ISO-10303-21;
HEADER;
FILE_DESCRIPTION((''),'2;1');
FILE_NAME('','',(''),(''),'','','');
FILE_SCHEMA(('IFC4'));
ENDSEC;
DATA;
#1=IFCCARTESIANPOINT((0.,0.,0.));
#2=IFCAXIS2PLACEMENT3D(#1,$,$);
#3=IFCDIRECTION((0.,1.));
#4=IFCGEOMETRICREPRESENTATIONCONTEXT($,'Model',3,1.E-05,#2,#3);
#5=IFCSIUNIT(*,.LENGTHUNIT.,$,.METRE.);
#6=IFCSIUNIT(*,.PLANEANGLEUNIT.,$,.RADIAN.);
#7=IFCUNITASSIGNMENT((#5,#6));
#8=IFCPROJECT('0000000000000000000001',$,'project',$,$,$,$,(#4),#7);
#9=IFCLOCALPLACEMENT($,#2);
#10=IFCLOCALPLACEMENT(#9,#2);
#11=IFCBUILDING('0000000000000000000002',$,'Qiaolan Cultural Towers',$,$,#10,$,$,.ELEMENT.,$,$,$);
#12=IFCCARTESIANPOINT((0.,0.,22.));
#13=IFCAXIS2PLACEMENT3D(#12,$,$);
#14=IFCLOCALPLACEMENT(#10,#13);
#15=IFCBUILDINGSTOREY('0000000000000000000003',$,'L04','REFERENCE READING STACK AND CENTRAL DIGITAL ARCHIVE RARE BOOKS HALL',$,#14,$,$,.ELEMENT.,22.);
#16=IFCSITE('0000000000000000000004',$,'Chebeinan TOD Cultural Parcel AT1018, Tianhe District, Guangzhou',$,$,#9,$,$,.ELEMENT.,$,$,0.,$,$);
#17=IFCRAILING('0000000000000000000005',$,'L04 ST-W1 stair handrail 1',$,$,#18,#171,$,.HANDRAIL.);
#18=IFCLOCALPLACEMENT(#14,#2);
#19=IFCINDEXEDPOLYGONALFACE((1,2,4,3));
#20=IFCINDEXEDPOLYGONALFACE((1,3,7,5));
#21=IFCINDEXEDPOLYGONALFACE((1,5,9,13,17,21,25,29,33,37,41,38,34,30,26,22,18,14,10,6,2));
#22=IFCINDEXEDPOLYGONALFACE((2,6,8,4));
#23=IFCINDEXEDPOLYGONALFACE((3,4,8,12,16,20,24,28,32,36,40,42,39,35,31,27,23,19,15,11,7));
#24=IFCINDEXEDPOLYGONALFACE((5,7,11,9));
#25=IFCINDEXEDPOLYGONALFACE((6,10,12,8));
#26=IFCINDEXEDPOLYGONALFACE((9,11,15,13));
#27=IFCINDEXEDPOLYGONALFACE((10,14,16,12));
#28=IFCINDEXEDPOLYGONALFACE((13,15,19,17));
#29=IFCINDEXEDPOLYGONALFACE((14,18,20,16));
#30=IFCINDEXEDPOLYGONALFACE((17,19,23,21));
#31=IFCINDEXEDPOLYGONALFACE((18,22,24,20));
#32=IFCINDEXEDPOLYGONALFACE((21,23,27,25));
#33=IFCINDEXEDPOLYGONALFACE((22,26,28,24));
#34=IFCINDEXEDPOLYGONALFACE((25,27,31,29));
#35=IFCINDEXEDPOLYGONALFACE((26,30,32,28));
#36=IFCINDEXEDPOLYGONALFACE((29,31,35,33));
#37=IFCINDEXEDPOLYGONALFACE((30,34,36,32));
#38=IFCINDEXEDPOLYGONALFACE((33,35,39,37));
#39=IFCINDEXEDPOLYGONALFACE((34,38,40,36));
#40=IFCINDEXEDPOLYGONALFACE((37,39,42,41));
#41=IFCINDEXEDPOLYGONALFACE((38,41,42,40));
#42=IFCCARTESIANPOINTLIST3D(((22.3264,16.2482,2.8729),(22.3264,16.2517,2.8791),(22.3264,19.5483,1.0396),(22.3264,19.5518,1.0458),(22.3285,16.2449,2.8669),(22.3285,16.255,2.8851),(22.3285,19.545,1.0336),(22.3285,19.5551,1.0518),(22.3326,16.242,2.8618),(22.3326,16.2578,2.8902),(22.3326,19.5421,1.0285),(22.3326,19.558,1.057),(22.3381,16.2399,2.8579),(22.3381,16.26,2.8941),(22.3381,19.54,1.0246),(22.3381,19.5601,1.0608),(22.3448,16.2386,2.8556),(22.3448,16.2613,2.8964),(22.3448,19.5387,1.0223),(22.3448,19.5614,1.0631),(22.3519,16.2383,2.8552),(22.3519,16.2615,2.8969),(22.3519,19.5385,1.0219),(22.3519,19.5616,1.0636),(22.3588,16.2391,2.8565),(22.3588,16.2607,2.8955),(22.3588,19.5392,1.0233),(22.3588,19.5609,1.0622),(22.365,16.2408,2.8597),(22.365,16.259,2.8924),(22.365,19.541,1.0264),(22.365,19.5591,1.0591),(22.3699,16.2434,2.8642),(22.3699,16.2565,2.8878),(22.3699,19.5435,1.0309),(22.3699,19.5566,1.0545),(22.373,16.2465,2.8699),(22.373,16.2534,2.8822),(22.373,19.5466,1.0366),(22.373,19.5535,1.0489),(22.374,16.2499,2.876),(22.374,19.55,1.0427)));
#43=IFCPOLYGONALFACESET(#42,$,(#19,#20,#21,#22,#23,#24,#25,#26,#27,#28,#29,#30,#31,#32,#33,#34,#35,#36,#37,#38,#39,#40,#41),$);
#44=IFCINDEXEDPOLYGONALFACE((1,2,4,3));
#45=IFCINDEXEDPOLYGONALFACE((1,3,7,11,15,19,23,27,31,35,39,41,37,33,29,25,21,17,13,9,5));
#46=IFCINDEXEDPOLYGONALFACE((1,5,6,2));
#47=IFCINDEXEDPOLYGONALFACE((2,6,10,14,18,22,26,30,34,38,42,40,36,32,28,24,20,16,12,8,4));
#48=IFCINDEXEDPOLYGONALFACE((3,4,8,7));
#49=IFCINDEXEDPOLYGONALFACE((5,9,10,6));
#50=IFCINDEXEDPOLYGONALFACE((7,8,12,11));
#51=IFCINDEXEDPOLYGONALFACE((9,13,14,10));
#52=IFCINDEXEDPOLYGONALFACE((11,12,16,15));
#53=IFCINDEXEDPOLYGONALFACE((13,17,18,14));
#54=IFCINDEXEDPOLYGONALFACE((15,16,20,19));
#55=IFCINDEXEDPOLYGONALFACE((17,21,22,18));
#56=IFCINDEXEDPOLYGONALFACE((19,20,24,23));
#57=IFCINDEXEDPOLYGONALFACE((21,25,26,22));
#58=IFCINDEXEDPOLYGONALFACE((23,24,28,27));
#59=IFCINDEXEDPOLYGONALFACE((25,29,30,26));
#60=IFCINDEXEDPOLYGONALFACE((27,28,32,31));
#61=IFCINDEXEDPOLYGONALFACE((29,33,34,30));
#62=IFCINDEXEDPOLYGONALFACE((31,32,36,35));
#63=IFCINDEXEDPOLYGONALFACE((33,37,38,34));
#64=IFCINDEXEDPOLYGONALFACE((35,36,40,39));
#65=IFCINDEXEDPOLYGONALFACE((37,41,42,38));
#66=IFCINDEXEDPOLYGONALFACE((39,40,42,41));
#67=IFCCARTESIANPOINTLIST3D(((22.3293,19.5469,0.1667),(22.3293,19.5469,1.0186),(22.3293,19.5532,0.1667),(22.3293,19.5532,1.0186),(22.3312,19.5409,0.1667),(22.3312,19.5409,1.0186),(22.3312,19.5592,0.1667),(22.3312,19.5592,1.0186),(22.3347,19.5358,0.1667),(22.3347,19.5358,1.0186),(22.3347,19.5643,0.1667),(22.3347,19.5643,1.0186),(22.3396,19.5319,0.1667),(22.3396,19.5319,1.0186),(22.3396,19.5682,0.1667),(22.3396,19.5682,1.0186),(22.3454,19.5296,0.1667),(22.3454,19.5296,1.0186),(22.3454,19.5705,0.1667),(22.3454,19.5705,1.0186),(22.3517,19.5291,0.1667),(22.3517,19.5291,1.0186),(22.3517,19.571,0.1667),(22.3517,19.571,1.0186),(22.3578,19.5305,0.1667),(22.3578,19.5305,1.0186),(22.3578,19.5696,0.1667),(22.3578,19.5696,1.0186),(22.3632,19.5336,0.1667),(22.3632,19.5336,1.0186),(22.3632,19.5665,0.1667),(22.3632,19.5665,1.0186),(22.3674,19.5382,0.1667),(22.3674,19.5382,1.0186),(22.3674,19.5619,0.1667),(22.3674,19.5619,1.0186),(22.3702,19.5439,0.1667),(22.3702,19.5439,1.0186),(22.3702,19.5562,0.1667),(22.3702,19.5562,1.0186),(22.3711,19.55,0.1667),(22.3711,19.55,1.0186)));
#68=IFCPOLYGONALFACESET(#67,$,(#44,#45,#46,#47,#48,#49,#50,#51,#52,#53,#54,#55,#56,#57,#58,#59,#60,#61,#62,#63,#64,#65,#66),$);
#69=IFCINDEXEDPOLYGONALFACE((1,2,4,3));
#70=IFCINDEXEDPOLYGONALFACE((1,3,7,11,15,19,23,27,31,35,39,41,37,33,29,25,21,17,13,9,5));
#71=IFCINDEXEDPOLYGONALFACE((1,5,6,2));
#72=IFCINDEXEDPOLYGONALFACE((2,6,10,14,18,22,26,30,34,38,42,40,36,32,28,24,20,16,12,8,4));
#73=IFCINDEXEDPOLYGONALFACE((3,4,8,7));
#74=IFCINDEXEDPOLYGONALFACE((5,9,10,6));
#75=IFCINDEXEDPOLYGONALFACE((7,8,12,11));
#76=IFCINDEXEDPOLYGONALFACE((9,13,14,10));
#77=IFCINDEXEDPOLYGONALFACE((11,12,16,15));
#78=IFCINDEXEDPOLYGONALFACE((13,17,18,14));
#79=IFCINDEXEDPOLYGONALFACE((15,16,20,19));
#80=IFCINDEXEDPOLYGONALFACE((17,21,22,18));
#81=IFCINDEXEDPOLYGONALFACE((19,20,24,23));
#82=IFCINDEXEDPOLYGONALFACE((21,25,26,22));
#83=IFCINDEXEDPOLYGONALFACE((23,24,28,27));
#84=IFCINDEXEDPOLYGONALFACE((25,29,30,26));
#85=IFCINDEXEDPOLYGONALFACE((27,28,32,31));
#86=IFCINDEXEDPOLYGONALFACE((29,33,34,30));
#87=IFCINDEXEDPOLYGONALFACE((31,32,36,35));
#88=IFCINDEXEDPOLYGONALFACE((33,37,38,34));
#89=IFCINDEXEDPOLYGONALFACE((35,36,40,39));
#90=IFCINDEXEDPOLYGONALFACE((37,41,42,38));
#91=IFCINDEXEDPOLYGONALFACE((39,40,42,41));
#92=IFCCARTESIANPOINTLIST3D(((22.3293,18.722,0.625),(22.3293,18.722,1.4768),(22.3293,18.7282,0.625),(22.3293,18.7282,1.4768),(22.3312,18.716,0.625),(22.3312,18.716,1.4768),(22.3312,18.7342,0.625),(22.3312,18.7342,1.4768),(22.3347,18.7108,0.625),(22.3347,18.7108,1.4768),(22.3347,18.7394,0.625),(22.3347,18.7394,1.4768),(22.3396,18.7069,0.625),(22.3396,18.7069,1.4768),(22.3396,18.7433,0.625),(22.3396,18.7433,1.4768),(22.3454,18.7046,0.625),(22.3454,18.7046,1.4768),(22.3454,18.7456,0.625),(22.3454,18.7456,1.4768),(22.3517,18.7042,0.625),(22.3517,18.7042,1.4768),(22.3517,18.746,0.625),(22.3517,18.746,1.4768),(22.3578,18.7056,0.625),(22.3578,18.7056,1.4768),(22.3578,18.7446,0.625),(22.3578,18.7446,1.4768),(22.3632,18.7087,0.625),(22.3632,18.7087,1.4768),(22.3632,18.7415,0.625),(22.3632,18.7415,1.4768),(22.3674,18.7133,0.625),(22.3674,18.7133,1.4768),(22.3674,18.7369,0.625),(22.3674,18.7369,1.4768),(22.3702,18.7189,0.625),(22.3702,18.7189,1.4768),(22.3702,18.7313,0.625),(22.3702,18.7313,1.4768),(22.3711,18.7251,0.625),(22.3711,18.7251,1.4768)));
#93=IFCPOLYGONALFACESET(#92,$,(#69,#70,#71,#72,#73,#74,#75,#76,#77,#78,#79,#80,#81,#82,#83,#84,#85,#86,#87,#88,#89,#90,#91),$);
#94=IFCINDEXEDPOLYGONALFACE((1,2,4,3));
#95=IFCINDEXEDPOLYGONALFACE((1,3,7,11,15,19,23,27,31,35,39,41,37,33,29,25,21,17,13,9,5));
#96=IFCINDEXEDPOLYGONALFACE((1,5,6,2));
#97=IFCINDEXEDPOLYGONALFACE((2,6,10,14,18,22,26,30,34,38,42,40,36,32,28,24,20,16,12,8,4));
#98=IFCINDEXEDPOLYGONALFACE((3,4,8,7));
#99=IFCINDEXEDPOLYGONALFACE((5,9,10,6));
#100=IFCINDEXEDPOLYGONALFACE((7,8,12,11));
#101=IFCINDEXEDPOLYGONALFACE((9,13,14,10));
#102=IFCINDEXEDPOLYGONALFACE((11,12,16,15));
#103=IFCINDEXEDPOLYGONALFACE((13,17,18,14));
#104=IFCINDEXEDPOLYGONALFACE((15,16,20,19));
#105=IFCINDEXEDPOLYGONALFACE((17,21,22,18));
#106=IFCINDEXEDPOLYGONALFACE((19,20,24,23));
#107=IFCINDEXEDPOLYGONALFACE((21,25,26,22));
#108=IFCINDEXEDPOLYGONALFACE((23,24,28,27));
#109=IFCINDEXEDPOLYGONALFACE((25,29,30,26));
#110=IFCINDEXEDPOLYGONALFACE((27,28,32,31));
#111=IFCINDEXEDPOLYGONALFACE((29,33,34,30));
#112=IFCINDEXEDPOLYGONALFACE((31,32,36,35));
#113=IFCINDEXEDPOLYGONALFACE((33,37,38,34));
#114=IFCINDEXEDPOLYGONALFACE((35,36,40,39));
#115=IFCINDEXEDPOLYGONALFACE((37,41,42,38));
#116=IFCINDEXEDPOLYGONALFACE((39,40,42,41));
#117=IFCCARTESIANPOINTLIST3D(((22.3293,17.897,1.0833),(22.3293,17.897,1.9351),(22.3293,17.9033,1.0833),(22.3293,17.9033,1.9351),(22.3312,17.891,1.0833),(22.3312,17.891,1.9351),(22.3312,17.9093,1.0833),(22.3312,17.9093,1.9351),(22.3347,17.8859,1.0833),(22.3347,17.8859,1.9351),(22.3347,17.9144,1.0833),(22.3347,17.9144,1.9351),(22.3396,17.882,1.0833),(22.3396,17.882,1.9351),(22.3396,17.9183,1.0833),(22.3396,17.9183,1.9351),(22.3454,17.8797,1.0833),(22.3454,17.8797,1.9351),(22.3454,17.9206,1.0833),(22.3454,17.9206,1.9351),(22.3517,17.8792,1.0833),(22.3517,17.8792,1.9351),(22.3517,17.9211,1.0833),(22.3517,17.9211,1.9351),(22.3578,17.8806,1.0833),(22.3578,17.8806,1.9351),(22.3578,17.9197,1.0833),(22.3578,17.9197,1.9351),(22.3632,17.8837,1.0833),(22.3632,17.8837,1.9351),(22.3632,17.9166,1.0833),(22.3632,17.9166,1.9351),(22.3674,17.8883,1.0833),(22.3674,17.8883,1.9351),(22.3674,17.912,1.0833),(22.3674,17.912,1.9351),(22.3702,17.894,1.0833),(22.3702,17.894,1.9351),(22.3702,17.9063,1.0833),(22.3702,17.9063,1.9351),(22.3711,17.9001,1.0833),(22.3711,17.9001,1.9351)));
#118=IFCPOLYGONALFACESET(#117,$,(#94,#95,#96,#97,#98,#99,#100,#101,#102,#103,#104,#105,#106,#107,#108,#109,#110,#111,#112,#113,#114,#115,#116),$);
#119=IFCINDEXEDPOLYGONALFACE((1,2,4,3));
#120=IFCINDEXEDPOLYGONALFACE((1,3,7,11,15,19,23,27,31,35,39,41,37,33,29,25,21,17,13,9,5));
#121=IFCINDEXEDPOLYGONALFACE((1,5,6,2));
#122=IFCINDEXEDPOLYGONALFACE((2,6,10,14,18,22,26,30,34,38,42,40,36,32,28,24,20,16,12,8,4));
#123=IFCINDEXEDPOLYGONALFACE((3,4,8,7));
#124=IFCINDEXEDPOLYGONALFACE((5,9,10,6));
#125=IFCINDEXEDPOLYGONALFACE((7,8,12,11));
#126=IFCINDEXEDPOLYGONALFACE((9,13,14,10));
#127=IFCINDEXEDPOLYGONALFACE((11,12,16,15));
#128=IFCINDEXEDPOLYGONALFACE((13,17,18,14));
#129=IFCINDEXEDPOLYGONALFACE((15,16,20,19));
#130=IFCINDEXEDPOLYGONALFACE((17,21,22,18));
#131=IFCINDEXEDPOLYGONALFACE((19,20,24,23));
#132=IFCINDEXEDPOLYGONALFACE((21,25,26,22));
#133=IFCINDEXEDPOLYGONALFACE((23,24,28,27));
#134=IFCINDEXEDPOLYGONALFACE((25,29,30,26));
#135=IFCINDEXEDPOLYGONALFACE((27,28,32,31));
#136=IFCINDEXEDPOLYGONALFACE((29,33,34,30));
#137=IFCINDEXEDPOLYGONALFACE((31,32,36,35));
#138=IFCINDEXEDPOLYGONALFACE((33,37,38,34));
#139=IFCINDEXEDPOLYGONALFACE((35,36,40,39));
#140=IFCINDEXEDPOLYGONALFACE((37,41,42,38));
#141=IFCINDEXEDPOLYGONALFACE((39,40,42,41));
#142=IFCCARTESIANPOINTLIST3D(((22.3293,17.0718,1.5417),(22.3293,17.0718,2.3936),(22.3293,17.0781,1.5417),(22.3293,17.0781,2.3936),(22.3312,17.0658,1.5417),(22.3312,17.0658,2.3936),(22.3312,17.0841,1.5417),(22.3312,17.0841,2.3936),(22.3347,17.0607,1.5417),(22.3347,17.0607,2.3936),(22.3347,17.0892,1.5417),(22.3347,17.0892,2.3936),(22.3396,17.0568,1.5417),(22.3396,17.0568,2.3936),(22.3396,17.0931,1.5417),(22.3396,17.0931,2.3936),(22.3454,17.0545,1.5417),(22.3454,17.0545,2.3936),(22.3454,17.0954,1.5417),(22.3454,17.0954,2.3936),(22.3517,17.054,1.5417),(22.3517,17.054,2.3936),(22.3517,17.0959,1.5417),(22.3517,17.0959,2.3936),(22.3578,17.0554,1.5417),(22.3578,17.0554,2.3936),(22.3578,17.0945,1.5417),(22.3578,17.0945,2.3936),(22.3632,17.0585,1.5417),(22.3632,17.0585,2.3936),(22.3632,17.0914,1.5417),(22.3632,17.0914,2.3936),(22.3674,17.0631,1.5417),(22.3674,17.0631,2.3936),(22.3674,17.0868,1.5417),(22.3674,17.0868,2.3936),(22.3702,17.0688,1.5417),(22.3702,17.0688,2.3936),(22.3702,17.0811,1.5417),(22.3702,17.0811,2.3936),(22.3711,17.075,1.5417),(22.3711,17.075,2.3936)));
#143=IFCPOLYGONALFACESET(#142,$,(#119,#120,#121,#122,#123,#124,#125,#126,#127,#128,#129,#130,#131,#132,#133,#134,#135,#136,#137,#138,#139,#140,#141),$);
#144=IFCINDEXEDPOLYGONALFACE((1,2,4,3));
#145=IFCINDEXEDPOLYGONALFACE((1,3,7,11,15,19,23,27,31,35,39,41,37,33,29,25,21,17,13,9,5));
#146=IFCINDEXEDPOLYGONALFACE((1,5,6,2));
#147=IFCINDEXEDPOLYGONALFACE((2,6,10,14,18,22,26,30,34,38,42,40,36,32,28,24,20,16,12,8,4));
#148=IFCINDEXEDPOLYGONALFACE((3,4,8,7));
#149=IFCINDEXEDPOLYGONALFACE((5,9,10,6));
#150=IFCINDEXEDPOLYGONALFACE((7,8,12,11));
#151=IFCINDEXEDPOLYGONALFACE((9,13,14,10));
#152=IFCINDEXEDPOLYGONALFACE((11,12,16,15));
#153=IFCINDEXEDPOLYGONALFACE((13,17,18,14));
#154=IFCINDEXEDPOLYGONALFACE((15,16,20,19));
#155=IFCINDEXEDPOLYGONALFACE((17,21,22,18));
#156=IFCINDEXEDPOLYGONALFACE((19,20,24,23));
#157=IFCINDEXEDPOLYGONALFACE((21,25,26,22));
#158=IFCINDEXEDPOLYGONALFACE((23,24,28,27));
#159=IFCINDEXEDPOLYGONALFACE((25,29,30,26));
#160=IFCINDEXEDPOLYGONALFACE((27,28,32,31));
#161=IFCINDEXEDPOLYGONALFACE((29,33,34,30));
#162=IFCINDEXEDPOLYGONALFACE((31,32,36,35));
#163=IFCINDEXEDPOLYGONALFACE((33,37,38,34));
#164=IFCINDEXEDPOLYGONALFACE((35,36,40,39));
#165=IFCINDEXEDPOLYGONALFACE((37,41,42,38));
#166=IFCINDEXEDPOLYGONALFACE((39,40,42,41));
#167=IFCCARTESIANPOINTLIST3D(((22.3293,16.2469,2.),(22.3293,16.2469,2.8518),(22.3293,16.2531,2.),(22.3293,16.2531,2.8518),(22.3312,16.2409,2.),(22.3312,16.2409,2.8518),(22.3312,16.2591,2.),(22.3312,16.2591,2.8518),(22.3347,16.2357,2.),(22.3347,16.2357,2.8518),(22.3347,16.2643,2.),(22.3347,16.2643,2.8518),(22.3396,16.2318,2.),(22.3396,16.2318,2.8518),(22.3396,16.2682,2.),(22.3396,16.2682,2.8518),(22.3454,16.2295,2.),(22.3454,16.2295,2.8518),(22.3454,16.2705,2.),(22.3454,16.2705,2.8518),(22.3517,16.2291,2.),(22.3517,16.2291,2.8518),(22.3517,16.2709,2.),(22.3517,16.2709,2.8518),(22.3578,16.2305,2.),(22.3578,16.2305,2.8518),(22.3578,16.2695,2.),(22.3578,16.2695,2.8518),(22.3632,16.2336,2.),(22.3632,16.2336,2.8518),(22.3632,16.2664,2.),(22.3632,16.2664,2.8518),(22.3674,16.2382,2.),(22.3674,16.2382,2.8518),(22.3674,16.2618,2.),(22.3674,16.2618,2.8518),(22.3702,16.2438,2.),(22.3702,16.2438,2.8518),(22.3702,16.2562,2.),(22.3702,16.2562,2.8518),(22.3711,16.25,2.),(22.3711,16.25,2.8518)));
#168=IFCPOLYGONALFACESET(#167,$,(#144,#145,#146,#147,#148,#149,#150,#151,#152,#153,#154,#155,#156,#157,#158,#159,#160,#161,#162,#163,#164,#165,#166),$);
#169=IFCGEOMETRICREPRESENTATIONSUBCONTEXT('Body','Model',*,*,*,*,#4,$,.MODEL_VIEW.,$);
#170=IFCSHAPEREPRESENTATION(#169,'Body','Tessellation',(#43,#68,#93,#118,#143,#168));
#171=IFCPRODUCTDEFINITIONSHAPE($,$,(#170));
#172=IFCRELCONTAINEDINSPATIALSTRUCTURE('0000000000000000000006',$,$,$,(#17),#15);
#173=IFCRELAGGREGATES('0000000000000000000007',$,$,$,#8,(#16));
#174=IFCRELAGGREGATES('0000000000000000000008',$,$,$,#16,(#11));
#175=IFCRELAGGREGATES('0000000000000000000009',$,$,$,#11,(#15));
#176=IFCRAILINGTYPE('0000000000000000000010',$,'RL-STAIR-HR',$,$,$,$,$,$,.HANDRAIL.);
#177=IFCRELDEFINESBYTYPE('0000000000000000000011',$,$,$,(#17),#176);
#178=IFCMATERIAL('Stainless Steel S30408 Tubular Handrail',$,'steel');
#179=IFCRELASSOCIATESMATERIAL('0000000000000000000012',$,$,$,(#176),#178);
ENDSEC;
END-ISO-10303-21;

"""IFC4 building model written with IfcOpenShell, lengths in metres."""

from ifc_helpers import new_model, si_unit, direction, frame, origin, origin_2d, place, context, subcontext, project, spatial, circle, extrude, material, type_object, element, save


model = new_model("IFC4")

# Units and contexts
model_context = context("Model", 3, precision=1e-05, world=origin(), true_north=direction((0.0, 1.0)))
body_context = subcontext(model_context, "Body", "Model", "MODEL_VIEW")
ifc_project = project(units=[si_unit("LENGTHUNIT", "METRE"), si_unit("PLANEANGLEUNIT", "RADIAN")], contexts=[model_context])

# Site, building, storey
site_placement = place(None, origin())
site = spatial("IfcSite", under=ifc_project, at=site_placement, Name="Chebeinan TOD Cultural Parcel AT1018, Tianhe District, Guangzhou", CompositionType="ELEMENT", RefElevation=0.0)
building_placement = place(site_placement, origin())
building = spatial("IfcBuilding", under=site, at=building_placement, Name="Qiaolan Cultural Towers", CompositionType="ELEMENT")
storey_placement = place(building_placement, frame((0.0, 0.0, 22.0)))
storey = spatial("IfcBuildingStorey", under=building, at=storey_placement, Name="L04", Description="REFERENCE READING STACK AND CENTRAL DIGITAL ARCHIVE RARE BOOKS HALL", CompositionType="ELEMENT", Elevation=22.0)

# Railing
ifc_material_1 = material(Name="Stainless Steel S30408 Tubular Handrail", Category="steel")
railing_type_1 = type_object("IfcRailingType", Name="RL-STAIR-HR", PredefinedType="HANDRAIL", material=ifc_material_1)
railing_1_placement = place(storey_placement, frame((22.3501, 19.55, 0.1667)))
element("IfcRailing", 1, at=railing_1_placement, inside=storey, type_object=railing_type_1, Name="L04 ST-W1 stair handrail 1", PredefinedType="HANDRAIL", context=body_context, shape_type="SweptSolid", body=[
    extrude(circle(Radius=0.0239, at=origin_2d()), frame((0.0, 0.0, 0.876), z_axis=(0.0, -0.874169, 0.485621), x_axis=(1.0, 0.0, 0.0)), (0.0, 0.0, 1.0), 3.7751),
    extrude(circle(Radius=0.021, at=origin_2d()), origin(), (0.0, 0.0, 1.0), 0.8518),
    extrude(circle(Radius=0.021, at=origin_2d()), frame((0.0, -0.825, 0.4583)), (0.0, 0.0, 1.0), 0.8518),
    extrude(circle(Radius=0.021, at=origin_2d()), frame((0.0, -1.6499, 0.9165)), (0.0, 0.0, 1.0), 0.8518),
    extrude(circle(Radius=0.021, at=origin_2d()), frame((0.0, -2.4751, 1.375)), (0.0, 0.0, 1.0), 0.8518),
    extrude(circle(Radius=0.021, at=origin_2d()), frame((0.0, -3.3, 1.8333)), (0.0, 0.0, 1.0), 0.8518),
])

save(model, "model.ifc")
